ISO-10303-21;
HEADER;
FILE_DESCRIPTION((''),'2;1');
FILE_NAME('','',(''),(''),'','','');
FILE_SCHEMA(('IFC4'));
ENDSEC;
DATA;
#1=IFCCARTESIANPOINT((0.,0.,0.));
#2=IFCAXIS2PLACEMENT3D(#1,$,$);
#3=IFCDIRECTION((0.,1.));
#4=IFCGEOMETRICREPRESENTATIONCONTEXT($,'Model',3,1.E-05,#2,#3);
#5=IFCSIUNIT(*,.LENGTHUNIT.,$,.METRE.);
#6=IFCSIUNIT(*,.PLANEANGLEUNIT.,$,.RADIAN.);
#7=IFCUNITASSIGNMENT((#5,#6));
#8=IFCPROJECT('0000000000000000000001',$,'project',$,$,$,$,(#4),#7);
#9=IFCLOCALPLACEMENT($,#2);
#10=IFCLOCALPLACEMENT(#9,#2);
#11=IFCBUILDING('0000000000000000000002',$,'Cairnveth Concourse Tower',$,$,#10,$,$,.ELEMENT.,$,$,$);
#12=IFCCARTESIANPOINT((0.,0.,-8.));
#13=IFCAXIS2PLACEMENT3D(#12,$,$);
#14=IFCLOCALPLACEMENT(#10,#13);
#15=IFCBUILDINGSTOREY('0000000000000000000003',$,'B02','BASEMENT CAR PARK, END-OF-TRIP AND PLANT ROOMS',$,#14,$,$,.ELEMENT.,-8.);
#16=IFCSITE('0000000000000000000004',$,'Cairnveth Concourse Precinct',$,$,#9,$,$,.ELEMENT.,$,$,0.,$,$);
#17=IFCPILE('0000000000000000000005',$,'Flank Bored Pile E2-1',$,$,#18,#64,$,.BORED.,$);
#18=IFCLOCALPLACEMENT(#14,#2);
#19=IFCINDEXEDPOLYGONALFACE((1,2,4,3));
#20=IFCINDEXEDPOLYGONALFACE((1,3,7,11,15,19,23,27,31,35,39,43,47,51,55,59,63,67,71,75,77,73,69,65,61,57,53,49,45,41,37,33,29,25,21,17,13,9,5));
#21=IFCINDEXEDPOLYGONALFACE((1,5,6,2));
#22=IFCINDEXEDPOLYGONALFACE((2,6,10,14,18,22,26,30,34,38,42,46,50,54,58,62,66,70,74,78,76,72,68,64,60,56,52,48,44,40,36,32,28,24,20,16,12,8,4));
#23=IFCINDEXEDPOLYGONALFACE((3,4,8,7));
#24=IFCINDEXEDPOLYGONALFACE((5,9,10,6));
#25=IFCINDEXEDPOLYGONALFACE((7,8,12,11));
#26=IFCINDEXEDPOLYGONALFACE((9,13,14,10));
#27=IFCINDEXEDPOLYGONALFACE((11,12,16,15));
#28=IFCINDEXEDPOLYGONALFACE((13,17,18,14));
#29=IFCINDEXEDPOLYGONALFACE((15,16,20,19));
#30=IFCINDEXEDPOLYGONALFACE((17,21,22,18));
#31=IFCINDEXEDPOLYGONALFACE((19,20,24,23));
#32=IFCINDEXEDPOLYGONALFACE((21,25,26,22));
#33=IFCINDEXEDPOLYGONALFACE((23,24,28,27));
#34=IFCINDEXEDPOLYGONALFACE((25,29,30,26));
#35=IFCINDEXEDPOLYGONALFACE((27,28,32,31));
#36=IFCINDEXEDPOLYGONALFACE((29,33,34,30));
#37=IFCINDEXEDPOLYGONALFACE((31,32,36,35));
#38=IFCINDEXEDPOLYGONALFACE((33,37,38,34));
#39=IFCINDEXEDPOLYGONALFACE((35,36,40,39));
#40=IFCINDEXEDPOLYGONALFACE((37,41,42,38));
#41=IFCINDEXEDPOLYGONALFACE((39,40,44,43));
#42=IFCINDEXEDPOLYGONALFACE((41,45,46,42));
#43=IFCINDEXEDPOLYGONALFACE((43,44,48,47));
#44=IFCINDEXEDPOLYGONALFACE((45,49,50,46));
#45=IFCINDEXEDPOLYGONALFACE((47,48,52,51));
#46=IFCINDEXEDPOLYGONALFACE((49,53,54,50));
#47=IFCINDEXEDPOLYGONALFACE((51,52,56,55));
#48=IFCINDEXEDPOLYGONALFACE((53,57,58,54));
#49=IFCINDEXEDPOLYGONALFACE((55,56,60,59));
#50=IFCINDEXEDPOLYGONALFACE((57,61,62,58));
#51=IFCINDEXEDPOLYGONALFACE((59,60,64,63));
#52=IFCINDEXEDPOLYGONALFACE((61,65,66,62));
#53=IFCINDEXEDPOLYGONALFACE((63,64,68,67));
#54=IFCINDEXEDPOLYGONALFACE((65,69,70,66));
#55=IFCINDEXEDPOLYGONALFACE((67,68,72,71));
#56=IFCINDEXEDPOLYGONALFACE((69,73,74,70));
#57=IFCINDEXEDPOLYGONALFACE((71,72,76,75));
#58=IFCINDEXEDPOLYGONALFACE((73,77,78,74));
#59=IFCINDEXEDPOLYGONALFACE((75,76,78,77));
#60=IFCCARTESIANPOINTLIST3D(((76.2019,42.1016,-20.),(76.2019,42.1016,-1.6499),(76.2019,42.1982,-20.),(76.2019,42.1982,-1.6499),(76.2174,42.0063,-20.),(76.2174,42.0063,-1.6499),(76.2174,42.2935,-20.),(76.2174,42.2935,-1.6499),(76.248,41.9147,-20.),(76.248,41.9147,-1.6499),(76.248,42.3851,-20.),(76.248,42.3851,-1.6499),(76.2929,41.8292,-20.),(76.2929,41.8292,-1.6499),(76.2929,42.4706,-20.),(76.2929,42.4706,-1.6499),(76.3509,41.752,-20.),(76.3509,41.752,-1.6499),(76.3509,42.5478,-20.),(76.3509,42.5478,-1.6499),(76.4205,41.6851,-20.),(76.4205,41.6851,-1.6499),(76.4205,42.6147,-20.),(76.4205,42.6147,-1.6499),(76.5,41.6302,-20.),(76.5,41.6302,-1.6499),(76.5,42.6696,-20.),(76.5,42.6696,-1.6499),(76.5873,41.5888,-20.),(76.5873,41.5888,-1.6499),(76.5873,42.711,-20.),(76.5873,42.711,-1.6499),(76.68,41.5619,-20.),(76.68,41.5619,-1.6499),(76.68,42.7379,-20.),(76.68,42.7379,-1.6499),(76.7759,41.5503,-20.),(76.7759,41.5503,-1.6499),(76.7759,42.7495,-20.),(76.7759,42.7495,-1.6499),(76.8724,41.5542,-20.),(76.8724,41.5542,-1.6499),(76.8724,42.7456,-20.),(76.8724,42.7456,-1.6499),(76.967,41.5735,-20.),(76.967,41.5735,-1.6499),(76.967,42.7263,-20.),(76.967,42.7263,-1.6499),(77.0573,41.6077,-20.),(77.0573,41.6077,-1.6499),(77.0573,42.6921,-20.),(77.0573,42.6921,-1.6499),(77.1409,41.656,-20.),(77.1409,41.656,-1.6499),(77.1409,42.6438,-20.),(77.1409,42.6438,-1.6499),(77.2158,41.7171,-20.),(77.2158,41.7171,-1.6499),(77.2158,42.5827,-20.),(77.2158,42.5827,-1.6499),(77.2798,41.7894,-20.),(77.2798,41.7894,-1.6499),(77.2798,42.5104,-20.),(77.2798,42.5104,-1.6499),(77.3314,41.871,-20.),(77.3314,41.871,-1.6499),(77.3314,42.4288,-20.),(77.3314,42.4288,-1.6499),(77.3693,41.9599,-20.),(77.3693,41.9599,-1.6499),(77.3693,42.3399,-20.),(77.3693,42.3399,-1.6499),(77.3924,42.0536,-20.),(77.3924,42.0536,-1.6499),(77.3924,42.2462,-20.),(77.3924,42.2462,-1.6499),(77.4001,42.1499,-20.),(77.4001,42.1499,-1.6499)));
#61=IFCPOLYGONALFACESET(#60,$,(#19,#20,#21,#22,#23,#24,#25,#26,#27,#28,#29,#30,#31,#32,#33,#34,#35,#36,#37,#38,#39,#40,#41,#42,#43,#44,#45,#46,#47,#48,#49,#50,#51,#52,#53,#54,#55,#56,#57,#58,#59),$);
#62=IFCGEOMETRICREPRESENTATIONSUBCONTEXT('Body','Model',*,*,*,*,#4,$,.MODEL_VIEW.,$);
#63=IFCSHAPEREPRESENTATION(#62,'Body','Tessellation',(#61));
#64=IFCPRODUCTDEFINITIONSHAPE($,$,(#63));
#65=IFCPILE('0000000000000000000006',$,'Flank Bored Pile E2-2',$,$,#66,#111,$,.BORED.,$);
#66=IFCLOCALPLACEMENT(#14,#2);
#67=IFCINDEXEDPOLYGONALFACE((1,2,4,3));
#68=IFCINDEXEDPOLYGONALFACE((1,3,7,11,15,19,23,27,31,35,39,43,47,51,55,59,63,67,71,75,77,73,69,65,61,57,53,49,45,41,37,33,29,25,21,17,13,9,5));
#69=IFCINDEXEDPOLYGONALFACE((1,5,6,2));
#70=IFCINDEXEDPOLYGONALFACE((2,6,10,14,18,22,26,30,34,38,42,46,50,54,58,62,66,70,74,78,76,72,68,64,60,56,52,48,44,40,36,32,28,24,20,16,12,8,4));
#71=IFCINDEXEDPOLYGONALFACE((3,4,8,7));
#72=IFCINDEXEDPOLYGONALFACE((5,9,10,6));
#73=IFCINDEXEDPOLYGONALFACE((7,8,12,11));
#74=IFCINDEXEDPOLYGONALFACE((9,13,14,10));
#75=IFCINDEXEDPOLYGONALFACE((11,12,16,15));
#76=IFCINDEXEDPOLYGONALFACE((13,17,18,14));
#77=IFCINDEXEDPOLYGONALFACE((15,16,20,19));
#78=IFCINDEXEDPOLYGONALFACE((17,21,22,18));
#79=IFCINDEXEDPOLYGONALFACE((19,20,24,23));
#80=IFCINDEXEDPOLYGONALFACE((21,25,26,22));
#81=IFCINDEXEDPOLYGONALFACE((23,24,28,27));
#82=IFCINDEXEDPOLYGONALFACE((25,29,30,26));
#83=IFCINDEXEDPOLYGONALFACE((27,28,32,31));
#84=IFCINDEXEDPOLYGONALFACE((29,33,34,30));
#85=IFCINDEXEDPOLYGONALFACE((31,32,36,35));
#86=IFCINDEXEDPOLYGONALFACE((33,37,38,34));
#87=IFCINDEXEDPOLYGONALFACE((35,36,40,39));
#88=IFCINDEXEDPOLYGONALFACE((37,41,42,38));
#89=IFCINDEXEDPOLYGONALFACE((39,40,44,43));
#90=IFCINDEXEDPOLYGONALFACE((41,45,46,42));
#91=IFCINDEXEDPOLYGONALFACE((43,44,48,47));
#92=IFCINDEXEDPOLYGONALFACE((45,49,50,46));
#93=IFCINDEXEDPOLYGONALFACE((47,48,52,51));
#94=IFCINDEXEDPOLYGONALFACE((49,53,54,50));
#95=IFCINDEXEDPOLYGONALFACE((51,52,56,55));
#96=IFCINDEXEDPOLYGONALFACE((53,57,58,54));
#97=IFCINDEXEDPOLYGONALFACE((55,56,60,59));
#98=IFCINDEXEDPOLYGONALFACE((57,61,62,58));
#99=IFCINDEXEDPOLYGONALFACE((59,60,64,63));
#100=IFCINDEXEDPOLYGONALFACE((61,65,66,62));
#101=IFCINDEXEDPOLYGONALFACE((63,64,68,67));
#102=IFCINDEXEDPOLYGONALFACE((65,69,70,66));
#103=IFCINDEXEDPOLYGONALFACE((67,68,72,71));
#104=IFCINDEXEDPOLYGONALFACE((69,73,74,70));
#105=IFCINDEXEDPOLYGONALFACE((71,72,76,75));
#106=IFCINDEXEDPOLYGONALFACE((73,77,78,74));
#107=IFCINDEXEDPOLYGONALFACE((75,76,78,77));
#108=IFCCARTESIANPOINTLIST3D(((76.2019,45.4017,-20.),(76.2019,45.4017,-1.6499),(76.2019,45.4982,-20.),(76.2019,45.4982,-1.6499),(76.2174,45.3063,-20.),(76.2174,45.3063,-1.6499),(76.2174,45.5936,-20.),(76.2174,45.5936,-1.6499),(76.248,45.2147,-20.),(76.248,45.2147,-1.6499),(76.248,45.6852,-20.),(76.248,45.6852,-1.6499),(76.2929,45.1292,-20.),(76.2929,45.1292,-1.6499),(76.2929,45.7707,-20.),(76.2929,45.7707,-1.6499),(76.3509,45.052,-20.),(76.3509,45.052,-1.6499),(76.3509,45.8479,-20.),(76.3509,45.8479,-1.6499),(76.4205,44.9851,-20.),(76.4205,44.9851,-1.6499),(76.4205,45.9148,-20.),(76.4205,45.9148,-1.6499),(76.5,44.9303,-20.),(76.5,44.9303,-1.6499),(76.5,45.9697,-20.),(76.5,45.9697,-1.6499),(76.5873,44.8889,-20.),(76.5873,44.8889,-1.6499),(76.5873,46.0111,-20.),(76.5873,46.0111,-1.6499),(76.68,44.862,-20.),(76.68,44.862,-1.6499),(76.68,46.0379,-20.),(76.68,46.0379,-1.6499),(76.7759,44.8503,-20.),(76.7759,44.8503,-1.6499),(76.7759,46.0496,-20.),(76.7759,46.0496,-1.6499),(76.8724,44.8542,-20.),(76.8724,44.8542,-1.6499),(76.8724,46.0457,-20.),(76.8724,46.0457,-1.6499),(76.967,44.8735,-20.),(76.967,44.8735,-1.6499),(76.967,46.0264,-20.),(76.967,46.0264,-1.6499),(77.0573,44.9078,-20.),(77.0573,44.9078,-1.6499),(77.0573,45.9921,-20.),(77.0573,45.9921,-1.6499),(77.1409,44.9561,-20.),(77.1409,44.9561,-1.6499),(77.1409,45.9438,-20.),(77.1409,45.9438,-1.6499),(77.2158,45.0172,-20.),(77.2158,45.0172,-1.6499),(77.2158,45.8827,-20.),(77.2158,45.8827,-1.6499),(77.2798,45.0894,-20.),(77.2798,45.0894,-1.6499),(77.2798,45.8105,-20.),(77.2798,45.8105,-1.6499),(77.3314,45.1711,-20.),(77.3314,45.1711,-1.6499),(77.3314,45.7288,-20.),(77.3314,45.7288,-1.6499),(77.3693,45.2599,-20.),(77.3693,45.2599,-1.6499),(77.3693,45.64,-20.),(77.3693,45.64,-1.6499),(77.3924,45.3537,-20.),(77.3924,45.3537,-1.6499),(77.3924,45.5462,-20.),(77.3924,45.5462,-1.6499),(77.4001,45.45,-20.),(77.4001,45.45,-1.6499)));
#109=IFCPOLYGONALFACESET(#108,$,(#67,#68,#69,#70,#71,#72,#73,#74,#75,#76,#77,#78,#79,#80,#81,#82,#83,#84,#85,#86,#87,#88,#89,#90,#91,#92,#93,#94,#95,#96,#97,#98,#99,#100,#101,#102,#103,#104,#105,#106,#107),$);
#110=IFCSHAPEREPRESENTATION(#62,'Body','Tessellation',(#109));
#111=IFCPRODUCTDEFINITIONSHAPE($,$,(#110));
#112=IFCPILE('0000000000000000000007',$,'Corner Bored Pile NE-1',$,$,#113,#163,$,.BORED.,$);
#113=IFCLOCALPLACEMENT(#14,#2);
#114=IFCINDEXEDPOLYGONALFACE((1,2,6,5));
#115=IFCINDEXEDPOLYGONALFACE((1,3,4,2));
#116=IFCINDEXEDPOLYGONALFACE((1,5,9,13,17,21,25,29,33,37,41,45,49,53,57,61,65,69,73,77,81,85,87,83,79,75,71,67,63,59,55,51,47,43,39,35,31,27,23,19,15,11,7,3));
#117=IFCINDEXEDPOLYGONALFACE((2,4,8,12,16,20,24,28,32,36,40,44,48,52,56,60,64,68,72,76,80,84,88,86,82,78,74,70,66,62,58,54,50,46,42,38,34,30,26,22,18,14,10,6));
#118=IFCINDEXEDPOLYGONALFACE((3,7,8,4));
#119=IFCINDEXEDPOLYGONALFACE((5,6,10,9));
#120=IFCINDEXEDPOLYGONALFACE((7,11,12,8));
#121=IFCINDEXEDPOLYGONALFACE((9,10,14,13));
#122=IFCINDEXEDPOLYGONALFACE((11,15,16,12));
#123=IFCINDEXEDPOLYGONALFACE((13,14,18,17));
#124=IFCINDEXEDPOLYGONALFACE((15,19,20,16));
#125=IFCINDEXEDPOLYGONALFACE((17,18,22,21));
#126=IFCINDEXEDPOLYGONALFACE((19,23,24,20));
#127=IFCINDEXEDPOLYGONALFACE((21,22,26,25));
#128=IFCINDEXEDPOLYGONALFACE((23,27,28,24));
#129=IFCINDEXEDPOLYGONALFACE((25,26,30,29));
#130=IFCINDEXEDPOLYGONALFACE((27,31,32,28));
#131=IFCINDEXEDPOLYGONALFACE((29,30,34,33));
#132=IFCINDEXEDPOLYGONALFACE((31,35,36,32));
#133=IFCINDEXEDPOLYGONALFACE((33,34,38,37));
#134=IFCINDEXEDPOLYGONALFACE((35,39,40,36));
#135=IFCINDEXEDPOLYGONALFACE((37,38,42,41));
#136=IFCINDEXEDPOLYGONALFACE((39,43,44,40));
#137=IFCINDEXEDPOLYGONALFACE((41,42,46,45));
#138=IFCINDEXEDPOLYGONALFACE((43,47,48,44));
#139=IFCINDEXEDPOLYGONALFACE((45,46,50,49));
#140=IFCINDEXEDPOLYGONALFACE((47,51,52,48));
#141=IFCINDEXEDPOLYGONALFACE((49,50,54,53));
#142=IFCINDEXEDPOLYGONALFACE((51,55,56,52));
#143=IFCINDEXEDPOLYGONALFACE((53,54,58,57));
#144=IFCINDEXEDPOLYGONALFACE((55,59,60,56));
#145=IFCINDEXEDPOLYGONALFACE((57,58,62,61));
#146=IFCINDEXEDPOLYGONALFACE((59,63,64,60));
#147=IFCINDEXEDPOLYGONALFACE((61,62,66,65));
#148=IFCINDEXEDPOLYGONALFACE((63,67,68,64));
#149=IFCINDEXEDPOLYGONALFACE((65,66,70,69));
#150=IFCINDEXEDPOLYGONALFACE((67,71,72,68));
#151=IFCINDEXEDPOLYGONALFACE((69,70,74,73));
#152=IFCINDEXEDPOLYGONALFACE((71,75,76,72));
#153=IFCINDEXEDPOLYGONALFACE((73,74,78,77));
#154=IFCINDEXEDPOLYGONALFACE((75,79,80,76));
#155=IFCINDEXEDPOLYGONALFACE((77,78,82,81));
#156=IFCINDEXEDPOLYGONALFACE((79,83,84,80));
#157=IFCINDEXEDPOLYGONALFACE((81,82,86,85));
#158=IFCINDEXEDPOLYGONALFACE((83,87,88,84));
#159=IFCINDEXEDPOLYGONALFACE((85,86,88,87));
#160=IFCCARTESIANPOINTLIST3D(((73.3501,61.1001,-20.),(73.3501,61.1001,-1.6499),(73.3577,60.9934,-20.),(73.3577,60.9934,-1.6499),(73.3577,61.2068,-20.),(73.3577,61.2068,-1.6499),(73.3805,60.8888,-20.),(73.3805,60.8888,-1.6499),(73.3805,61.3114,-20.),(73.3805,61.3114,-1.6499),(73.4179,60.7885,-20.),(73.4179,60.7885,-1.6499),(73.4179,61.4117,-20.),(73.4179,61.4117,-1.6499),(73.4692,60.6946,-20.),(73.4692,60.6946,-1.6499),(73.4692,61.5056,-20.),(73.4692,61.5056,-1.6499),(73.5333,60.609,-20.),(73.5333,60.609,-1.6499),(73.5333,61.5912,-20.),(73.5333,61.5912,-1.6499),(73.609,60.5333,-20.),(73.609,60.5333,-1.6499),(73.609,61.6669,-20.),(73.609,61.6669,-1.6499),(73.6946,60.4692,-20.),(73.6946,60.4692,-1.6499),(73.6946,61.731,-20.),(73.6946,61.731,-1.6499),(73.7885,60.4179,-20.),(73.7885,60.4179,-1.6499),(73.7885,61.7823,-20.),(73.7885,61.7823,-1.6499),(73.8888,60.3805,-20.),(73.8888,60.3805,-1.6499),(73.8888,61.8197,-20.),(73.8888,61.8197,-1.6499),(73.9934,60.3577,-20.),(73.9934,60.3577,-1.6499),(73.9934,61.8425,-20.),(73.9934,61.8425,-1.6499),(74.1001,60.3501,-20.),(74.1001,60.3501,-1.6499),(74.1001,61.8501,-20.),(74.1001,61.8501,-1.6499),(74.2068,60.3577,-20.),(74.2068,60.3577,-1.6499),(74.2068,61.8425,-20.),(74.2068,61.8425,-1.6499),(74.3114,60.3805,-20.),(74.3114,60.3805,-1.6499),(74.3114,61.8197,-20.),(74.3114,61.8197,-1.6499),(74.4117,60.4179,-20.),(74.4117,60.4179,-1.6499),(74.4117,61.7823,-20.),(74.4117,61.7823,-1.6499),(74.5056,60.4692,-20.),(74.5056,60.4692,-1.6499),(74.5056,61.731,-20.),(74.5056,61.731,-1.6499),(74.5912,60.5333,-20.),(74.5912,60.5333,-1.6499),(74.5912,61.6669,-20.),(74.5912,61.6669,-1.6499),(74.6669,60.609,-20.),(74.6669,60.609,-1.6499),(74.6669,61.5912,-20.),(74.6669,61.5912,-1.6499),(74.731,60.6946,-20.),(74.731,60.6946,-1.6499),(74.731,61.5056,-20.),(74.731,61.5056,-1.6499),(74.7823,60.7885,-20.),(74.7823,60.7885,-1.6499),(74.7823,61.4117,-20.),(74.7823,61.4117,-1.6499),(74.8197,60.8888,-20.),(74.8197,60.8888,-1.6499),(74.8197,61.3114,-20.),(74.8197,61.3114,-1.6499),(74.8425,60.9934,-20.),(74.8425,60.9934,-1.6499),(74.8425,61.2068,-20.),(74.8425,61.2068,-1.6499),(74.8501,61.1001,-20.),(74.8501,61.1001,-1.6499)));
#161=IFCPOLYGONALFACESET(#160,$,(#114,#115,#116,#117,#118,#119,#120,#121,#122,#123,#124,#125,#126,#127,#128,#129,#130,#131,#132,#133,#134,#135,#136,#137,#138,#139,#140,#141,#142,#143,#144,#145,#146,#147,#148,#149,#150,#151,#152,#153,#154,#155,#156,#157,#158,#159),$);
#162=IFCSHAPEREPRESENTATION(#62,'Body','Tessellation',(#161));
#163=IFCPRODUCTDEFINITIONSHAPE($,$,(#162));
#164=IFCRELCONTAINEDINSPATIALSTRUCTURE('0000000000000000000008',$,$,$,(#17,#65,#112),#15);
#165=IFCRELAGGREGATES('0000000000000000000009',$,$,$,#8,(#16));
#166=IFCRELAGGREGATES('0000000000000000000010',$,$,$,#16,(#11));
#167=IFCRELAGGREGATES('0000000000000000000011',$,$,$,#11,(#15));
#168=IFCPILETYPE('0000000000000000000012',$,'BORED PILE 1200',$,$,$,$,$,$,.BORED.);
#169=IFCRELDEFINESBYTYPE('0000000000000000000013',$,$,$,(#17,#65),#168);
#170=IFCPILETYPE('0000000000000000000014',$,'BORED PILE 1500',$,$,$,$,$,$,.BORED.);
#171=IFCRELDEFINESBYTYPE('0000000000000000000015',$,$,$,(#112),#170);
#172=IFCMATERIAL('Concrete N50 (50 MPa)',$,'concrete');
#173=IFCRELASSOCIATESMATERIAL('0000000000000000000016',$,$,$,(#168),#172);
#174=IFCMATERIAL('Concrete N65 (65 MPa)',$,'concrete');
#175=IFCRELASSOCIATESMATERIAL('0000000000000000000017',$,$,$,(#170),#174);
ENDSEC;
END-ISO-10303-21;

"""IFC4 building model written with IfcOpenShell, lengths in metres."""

from ifc_helpers import new_model, si_unit, direction, frame, origin, origin_2d, place, context, subcontext, project, spatial, circle, extrude, material, material_profile, profile_set, type_object, element, save


model = new_model("IFC4")

# Units and contexts
model_context = context("Model", 3, precision=1e-05, world=origin(), true_north=direction((0.0, 1.0)))
body_context = subcontext(model_context, "Body", "Model", "MODEL_VIEW")
ifc_project = project(units=[si_unit("LENGTHUNIT", "METRE"), si_unit("PLANEANGLEUNIT", "RADIAN")], contexts=[model_context])

# Site, building, storey
site_placement = place(None, origin())
site = spatial("IfcSite", under=ifc_project, at=site_placement, Name="Cairnveth Concourse Precinct", CompositionType="ELEMENT", RefElevation=0.0)
building_placement = place(site_placement, origin())
building = spatial("IfcBuilding", under=site, at=building_placement, Name="Cairnveth Concourse Tower", CompositionType="ELEMENT")
storey_placement = place(building_placement, frame((0.0, 0.0, -8.0)))
storey = spatial("IfcBuildingStorey", under=building, at=storey_placement, Name="B02", Description="BASEMENT CAR PARK, END-OF-TRIP AND PLANT ROOMS", CompositionType="ELEMENT", Elevation=-8.0)

# Piles
ifc_material_1 = material(Name="Concrete N50 (50 MPa)", Category="concrete")
ifc_material_profile_1 = material_profile(ifc_material_1, circle(Radius=0.6001, at=origin_2d()), Name="PILE-1200")
ifc_profile_set_1 = profile_set([ifc_material_profile_1], Name="Concrete N50 (50 MPa)")
pile_type_1 = type_object("IfcPileType", Name="BORED PILE 1200", PredefinedType="BORED", material=ifc_profile_set_1)
for number, where, z_axis, x_axis, name in (
    (1, (76.8, 42.1499, -1.6499), (0.0, 0.0, -1.0), (1.0, 0.0, 0.0), "Flank Bored Pile E2-1"),
    (2, (76.8, 45.45, -1.6499), (0.0, 0.0, -1.0), (1.0, 0.0, 0.0), "Flank Bored Pile E2-2"),
):
    element("IfcPile", number, at=place(storey_placement, frame(where, z_axis=z_axis, x_axis=x_axis)), inside=storey, type_object=pile_type_1, Name=name, PredefinedType="BORED", context=body_context, shape_type="SweptSolid", body=[
        extrude(circle(Radius=0.6001, at=origin_2d()), origin(), (0.0, 0.0, 1.0), 18.3501),
    ])
ifc_material_2 = material(Name="Concrete N65 (65 MPa)", Category="concrete")
ifc_material_profile_2 = material_profile(ifc_material_2, circle(Radius=0.75, at=origin_2d()), Name="PILE-1500")
ifc_profile_set_2 = profile_set([ifc_material_profile_2], Name="Concrete N65 (65 MPa)")
pile_type_2 = type_object("IfcPileType", Name="BORED PILE 1500", PredefinedType="BORED", material=ifc_profile_set_2)
for number, where, z_axis, x_axis, name in (
    (3, (74.1001, 61.1001, -1.6499), (0.0, 0.0, -1.0), (1.0, 0.0, 0.0), "Corner Bored Pile NE-1"),
):
    element("IfcPile", number, at=place(storey_placement, frame(where, z_axis=z_axis, x_axis=x_axis)), inside=storey, type_object=pile_type_2, Name=name, PredefinedType="BORED", context=body_context, shape_type="SweptSolid", body=[
        extrude(circle(Radius=0.75, at=origin_2d()), origin(), (0.0, 0.0, 1.0), 18.3501),
    ])

save(model, "model.ifc")
